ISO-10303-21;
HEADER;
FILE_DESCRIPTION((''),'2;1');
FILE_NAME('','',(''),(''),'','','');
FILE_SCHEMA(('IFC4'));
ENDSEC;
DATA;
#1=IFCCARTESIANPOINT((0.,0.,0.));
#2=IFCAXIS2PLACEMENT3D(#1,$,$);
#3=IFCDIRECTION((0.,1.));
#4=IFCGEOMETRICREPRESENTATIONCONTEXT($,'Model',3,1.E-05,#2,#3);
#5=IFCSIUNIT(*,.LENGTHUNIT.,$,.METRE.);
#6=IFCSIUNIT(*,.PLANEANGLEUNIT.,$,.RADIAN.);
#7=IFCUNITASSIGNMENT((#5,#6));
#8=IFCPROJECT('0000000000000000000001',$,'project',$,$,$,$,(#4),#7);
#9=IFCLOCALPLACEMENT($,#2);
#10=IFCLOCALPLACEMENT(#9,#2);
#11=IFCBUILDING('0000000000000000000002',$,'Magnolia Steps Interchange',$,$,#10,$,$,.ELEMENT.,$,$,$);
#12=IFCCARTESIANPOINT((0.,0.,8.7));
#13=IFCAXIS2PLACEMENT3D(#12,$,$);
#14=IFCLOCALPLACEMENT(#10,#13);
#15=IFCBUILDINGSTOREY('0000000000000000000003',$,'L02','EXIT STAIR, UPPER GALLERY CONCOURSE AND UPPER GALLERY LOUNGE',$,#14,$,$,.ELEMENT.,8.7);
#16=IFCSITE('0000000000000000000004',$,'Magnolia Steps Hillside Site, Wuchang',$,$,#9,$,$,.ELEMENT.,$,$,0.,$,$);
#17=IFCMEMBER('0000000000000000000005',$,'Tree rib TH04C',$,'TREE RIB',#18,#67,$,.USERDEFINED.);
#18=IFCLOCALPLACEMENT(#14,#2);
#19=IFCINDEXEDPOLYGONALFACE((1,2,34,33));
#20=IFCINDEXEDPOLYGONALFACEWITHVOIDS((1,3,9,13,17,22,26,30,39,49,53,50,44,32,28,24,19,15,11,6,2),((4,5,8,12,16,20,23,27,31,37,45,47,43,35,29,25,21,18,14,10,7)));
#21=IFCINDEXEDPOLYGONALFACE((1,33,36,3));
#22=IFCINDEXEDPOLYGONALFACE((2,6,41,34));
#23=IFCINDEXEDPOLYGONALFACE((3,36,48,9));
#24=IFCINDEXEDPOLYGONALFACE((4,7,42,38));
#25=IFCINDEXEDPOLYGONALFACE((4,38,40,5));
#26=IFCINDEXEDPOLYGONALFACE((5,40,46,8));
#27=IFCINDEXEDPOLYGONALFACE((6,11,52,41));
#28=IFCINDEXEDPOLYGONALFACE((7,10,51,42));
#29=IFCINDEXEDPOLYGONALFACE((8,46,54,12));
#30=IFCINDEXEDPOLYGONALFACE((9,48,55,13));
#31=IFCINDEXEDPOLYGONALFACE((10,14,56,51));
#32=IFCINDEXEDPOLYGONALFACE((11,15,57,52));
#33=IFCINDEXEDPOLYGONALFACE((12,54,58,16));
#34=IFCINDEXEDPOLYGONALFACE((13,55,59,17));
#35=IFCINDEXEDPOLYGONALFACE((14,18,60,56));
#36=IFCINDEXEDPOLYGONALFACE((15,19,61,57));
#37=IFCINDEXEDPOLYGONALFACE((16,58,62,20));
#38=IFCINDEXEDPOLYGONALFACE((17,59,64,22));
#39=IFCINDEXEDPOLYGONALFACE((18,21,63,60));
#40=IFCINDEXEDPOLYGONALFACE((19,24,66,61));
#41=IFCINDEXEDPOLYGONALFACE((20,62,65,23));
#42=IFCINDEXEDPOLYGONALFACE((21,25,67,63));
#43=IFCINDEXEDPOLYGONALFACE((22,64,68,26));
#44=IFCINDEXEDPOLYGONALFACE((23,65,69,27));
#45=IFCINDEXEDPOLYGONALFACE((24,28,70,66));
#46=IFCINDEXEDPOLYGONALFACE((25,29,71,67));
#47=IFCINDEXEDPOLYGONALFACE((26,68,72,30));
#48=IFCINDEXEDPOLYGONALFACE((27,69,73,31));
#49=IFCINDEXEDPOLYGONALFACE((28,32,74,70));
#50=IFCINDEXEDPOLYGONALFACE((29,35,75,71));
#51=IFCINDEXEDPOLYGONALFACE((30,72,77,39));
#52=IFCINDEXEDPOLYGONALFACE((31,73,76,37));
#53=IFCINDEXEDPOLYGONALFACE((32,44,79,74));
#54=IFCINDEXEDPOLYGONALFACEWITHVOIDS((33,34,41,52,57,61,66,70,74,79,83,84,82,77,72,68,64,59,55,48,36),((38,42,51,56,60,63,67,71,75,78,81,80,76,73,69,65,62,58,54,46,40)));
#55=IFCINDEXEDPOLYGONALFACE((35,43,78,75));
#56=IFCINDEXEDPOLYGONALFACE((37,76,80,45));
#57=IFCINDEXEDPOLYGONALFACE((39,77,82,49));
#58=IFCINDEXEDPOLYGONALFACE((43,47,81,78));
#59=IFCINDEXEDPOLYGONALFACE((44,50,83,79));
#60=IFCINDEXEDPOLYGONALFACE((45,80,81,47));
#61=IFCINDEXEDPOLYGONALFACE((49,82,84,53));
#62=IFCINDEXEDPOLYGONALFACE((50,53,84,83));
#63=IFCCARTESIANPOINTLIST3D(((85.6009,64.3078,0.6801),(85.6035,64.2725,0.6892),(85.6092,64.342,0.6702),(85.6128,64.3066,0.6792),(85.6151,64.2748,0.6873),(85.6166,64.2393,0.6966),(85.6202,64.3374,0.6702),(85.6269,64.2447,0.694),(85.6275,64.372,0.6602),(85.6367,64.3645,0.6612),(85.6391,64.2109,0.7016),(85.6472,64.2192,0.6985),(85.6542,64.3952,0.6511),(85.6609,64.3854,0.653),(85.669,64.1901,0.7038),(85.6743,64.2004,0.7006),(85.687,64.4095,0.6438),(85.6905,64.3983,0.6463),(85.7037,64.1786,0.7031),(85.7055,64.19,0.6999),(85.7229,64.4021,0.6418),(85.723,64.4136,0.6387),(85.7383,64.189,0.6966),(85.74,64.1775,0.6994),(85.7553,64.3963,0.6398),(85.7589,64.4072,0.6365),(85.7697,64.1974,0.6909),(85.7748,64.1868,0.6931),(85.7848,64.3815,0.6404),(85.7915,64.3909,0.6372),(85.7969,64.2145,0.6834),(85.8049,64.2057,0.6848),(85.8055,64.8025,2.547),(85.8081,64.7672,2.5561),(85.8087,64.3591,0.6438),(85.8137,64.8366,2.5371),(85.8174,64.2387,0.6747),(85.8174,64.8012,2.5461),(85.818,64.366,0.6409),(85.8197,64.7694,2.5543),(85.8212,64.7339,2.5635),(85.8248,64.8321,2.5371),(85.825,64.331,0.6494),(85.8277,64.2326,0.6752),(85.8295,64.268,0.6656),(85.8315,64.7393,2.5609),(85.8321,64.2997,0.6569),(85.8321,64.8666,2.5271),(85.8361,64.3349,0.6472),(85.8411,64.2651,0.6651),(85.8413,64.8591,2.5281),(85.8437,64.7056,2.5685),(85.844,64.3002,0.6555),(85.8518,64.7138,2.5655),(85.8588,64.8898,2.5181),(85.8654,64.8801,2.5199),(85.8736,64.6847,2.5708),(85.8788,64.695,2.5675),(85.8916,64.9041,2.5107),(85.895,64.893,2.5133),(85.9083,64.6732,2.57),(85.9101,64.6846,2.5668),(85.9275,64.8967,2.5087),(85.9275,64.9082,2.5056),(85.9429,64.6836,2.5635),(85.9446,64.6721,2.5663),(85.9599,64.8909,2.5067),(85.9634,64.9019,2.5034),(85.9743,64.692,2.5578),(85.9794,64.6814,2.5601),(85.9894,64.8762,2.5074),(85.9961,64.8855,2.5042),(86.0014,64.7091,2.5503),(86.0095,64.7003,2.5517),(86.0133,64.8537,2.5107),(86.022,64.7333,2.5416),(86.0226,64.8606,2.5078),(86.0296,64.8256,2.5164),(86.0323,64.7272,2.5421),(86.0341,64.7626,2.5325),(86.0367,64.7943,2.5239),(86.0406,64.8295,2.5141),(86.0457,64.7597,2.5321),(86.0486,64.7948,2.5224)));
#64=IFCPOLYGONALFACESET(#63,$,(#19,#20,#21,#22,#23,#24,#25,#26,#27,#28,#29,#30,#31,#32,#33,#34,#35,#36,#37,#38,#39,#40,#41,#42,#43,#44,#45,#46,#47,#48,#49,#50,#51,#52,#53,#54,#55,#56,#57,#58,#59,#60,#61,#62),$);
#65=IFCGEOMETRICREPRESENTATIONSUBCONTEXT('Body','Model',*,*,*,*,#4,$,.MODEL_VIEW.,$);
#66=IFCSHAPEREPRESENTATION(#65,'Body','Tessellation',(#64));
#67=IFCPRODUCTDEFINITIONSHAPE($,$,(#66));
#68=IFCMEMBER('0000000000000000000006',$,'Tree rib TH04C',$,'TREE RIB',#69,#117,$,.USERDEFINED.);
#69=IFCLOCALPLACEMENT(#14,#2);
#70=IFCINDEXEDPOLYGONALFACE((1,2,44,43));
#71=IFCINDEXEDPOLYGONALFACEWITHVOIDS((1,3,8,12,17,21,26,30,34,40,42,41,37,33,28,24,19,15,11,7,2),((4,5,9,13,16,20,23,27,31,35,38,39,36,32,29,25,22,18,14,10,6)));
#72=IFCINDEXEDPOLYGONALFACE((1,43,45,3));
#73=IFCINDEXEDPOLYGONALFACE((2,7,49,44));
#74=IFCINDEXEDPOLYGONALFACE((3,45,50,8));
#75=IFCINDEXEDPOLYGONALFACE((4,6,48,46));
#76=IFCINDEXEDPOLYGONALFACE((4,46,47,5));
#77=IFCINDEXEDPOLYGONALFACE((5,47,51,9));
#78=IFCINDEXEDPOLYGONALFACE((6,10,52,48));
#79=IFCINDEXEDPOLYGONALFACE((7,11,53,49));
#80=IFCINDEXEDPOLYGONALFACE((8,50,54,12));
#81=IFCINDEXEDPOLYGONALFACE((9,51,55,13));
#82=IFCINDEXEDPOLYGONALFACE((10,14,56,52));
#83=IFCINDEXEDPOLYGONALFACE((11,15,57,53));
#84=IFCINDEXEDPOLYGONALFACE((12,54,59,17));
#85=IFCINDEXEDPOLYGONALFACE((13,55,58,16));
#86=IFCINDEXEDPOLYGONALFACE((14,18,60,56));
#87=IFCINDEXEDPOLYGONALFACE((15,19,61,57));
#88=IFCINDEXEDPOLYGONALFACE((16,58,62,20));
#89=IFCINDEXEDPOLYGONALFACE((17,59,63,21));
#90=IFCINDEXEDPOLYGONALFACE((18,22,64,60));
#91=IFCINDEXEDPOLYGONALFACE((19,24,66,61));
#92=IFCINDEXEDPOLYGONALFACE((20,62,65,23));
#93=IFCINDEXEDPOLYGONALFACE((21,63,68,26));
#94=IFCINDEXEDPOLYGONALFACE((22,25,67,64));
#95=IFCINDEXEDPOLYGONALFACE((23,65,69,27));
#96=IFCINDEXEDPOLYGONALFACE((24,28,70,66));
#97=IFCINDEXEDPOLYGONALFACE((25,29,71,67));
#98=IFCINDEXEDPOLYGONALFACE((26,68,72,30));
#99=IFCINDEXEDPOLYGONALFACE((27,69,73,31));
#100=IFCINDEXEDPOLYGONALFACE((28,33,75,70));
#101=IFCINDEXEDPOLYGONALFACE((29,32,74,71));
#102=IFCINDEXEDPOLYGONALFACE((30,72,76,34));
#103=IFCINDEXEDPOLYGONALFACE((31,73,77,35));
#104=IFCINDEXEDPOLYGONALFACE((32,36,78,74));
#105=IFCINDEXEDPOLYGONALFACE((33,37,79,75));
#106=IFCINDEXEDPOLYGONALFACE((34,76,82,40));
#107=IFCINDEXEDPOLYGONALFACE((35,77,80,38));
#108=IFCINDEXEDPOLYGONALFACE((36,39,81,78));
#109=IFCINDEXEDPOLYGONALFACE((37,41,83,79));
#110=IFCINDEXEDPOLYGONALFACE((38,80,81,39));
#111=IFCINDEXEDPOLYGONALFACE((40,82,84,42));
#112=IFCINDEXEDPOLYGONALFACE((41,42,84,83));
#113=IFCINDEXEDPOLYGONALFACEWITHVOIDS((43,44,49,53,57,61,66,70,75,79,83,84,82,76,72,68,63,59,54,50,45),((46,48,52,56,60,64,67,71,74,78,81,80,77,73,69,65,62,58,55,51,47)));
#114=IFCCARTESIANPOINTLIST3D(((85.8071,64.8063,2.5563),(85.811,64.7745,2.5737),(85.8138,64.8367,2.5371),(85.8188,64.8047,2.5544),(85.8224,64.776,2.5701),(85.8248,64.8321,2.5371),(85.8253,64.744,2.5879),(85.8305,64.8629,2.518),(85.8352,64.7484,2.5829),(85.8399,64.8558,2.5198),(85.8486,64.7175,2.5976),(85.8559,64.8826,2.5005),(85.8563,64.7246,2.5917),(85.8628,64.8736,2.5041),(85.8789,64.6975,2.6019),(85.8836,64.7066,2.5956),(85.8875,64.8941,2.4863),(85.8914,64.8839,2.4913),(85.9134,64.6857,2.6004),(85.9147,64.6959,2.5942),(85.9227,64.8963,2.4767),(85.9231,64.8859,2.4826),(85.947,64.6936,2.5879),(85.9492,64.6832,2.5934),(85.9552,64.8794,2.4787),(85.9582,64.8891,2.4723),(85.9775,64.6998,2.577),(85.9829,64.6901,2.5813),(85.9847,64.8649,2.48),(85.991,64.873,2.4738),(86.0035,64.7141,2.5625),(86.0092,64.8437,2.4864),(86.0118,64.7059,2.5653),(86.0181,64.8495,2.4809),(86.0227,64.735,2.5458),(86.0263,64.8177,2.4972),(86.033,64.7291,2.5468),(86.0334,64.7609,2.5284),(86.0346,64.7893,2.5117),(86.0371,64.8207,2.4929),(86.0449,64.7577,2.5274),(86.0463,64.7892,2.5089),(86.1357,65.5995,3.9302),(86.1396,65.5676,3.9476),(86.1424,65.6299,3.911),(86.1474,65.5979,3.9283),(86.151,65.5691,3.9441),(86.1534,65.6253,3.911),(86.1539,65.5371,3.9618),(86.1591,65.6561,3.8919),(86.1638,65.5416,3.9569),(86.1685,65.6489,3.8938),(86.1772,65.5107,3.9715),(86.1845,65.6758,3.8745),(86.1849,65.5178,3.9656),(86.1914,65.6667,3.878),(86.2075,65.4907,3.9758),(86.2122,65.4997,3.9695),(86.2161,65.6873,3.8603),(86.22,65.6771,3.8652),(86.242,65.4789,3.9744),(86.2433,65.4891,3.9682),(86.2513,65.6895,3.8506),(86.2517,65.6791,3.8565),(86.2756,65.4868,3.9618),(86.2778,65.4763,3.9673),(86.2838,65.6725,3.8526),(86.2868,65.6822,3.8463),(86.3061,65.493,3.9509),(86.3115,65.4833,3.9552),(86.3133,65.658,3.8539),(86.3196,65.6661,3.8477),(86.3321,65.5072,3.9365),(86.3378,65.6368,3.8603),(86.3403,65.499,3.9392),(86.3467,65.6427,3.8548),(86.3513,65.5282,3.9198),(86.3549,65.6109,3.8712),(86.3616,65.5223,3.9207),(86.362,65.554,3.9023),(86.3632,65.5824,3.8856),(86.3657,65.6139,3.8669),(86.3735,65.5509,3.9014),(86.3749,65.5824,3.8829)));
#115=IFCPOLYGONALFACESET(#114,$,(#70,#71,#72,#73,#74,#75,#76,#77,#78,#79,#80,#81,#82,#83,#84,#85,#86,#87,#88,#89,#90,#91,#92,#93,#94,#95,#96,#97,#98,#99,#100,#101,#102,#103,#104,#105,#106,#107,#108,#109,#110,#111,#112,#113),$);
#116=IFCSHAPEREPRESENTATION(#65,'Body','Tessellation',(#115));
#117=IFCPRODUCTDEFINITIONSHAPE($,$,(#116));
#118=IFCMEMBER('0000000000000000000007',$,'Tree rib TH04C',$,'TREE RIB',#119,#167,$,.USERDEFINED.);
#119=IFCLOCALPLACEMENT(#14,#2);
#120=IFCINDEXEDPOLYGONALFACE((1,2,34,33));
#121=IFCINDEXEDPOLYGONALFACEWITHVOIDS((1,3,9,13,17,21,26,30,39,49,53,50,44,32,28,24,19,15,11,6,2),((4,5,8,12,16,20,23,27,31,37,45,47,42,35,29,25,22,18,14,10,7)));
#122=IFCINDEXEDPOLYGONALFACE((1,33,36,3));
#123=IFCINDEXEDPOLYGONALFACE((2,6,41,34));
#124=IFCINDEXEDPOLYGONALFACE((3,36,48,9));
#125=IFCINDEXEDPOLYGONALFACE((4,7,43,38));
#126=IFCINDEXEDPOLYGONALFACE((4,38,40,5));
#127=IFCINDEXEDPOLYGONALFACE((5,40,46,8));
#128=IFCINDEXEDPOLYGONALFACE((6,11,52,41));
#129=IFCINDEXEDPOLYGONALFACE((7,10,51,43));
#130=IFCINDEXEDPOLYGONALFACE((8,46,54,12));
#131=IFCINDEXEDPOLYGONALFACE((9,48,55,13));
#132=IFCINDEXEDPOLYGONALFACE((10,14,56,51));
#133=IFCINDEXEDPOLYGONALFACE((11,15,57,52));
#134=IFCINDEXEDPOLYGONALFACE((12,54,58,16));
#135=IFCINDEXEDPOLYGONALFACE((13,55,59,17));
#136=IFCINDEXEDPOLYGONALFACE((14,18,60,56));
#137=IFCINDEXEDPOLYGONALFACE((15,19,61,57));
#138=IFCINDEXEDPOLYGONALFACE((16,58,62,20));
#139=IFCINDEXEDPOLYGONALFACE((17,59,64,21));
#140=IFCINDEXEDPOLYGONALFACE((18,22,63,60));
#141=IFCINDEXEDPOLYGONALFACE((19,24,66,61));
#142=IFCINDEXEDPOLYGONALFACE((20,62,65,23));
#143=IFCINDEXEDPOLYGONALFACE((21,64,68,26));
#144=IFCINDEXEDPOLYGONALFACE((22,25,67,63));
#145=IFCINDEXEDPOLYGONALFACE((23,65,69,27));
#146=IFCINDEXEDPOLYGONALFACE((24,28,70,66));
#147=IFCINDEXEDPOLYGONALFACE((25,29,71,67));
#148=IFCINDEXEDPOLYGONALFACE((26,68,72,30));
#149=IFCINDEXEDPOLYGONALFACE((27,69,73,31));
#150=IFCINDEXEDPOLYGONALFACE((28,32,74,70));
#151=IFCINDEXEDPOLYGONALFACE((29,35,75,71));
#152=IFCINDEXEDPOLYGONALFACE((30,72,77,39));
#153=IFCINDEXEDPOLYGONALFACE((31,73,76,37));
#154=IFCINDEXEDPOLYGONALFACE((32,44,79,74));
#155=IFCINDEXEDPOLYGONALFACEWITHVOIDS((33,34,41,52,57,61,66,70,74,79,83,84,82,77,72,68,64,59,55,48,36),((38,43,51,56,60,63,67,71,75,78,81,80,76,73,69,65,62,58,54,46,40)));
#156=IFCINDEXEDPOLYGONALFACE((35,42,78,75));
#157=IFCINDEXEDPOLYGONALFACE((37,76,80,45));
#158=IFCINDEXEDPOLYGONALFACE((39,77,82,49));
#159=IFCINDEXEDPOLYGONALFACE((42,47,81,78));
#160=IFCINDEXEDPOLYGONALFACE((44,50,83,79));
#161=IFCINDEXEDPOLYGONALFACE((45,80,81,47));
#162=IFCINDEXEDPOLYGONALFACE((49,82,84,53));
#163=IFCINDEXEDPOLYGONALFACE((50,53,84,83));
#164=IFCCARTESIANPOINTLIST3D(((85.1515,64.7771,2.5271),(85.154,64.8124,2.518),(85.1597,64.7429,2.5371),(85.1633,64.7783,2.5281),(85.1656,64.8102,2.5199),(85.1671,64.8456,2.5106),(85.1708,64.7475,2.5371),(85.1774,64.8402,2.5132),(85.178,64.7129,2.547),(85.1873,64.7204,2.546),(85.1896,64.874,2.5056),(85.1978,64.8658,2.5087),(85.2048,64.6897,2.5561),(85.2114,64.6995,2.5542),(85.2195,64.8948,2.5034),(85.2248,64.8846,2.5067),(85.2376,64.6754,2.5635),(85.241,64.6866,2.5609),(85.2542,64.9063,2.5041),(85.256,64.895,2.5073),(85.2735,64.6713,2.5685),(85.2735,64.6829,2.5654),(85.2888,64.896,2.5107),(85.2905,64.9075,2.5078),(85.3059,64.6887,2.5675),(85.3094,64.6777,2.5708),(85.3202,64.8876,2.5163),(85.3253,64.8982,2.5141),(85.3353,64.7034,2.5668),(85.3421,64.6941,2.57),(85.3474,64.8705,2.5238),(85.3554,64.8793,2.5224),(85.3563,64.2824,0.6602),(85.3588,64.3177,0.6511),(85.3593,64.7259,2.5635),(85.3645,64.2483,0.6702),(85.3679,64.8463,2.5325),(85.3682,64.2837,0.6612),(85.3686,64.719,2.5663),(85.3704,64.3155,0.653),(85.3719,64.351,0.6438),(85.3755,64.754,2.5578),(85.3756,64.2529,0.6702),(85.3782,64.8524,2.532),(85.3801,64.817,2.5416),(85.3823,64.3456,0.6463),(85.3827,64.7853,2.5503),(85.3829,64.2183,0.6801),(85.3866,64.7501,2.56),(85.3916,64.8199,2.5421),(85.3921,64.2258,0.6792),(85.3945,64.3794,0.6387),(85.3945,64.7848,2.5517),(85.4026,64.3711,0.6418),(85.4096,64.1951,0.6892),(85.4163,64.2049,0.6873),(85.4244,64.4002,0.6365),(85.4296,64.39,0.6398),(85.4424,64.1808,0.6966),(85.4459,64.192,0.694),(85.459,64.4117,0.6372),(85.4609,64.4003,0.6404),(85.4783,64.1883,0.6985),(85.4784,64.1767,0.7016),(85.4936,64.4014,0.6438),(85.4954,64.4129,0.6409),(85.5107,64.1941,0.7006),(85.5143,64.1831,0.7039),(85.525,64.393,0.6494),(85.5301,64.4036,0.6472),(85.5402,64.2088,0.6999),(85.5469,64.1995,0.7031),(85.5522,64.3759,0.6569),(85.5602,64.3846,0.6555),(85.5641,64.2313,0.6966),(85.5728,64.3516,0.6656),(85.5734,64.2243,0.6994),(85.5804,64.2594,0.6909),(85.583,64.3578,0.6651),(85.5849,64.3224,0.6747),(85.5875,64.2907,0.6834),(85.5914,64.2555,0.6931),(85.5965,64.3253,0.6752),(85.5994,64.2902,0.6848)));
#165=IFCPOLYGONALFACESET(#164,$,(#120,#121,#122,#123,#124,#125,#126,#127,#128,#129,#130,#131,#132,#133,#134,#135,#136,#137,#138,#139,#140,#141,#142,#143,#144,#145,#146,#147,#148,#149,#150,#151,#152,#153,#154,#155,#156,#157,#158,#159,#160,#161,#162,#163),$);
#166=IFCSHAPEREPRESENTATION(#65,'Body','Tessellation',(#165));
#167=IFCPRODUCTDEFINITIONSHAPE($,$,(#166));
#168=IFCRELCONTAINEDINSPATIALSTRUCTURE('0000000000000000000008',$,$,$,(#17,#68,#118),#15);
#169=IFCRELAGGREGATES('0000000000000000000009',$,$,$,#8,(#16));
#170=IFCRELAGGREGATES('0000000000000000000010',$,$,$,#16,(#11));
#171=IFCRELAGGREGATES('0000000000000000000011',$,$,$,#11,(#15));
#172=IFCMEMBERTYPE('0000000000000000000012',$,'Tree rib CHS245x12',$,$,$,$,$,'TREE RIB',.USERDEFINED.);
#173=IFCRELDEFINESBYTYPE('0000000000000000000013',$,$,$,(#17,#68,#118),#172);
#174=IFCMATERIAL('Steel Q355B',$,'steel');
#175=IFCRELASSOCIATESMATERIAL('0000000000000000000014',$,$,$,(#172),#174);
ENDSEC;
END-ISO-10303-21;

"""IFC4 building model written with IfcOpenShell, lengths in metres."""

from ifc_helpers import new_model, si_unit, direction, frame, origin, origin_2d, place, context, subcontext, project, spatial, hollow_circle, extrude, material, material_profile, profile_set, type_object, element, save


model = new_model("IFC4")

# Units and contexts
model_context = context("Model", 3, precision=1e-05, world=origin(), true_north=direction((0.0, 1.0)))
body_context = subcontext(model_context, "Body", "Model", "MODEL_VIEW")
ifc_project = project(units=[si_unit("LENGTHUNIT", "METRE"), si_unit("PLANEANGLEUNIT", "RADIAN")], contexts=[model_context])

# Site, building, storey
site_placement = place(None, origin())
site = spatial("IfcSite", under=ifc_project, at=site_placement, Name="Magnolia Steps Hillside Site, Wuchang", CompositionType="ELEMENT", RefElevation=0.0)
building_placement = place(site_placement, origin())
building = spatial("IfcBuilding", under=site, at=building_placement, Name="Magnolia Steps Interchange", CompositionType="ELEMENT")
storey_placement = place(building_placement, frame((0.0, 0.0, 8.7)))
storey = spatial("IfcBuildingStorey", under=building, at=storey_placement, Name="L02", Description="EXIT STAIR, UPPER GALLERY CONCOURSE AND UPPER GALLERY LOUNGE", CompositionType="ELEMENT", Elevation=8.7)

# Members
ifc_material_1 = material(Name="Steel Q355B", Category="steel")
ifc_material_profile_1 = material_profile(ifc_material_1, hollow_circle(Radius=0.1226, WallThickness=0.012, at=origin_2d()), Name="CHS245x12")
ifc_profile_set_1 = profile_set([ifc_material_profile_1], Name="Steel Q355B")
member_type_1 = type_object("IfcMemberType", Name="Tree rib CHS245x12", ElementType="TREE RIB", PredefinedType="USERDEFINED", material=ifc_profile_set_1)
member_1_placement = place(storey_placement, frame((85.7224, 64.2952, 0.6702), z_axis=(0.105341, 0.25468, 0.961271), x_axis=(-0.924072, 0.382218, 0.0)))
element("IfcMember", 1, at=member_1_placement, inside=storey, type_object=member_type_1, Name="Tree rib TH04C", ObjectType="TREE RIB", PredefinedType="USERDEFINED", context=body_context, shape_type="SweptSolid", body=[
    extrude(hollow_circle(Radius=0.1226, WallThickness=0.012, at=origin_2d()), origin(), (0.0, 0.0, 1.0), 1.9421),
])
member_2_placement = place(storey_placement, frame((85.927, 64.7898, 2.5371), z_axis=(0.20282, 0.489571, 0.848047), x_axis=(-0.923857, 0.382737, 0.0)))
element("IfcMember", 2, at=member_2_placement, inside=storey, type_object=member_type_1, Name="Tree rib TH04C", ObjectType="TREE RIB", PredefinedType="USERDEFINED", context=body_context, shape_type="SweptSolid", body=[
    extrude(hollow_circle(Radius=0.1226, WallThickness=0.012, at=origin_2d()), origin(), (0.0, 0.0, 1.0), 1.6201),
])
member_3_placement = place(storey_placement, frame((85.4778, 64.2952, 0.6702), z_axis=(-0.105466, 0.254676, 0.961258), x_axis=(-0.923911, -0.382607, 0.0)))
element("IfcMember", 3, at=member_3_placement, inside=storey, type_object=member_type_1, Name="Tree rib TH04C", ObjectType="TREE RIB", PredefinedType="USERDEFINED", context=body_context, shape_type="SweptSolid", body=[
    extrude(hollow_circle(Radius=0.1226, WallThickness=0.012, at=origin_2d()), origin(), (0.0, 0.0, 1.0), 1.9421),
])

save(model, "model.ifc")
